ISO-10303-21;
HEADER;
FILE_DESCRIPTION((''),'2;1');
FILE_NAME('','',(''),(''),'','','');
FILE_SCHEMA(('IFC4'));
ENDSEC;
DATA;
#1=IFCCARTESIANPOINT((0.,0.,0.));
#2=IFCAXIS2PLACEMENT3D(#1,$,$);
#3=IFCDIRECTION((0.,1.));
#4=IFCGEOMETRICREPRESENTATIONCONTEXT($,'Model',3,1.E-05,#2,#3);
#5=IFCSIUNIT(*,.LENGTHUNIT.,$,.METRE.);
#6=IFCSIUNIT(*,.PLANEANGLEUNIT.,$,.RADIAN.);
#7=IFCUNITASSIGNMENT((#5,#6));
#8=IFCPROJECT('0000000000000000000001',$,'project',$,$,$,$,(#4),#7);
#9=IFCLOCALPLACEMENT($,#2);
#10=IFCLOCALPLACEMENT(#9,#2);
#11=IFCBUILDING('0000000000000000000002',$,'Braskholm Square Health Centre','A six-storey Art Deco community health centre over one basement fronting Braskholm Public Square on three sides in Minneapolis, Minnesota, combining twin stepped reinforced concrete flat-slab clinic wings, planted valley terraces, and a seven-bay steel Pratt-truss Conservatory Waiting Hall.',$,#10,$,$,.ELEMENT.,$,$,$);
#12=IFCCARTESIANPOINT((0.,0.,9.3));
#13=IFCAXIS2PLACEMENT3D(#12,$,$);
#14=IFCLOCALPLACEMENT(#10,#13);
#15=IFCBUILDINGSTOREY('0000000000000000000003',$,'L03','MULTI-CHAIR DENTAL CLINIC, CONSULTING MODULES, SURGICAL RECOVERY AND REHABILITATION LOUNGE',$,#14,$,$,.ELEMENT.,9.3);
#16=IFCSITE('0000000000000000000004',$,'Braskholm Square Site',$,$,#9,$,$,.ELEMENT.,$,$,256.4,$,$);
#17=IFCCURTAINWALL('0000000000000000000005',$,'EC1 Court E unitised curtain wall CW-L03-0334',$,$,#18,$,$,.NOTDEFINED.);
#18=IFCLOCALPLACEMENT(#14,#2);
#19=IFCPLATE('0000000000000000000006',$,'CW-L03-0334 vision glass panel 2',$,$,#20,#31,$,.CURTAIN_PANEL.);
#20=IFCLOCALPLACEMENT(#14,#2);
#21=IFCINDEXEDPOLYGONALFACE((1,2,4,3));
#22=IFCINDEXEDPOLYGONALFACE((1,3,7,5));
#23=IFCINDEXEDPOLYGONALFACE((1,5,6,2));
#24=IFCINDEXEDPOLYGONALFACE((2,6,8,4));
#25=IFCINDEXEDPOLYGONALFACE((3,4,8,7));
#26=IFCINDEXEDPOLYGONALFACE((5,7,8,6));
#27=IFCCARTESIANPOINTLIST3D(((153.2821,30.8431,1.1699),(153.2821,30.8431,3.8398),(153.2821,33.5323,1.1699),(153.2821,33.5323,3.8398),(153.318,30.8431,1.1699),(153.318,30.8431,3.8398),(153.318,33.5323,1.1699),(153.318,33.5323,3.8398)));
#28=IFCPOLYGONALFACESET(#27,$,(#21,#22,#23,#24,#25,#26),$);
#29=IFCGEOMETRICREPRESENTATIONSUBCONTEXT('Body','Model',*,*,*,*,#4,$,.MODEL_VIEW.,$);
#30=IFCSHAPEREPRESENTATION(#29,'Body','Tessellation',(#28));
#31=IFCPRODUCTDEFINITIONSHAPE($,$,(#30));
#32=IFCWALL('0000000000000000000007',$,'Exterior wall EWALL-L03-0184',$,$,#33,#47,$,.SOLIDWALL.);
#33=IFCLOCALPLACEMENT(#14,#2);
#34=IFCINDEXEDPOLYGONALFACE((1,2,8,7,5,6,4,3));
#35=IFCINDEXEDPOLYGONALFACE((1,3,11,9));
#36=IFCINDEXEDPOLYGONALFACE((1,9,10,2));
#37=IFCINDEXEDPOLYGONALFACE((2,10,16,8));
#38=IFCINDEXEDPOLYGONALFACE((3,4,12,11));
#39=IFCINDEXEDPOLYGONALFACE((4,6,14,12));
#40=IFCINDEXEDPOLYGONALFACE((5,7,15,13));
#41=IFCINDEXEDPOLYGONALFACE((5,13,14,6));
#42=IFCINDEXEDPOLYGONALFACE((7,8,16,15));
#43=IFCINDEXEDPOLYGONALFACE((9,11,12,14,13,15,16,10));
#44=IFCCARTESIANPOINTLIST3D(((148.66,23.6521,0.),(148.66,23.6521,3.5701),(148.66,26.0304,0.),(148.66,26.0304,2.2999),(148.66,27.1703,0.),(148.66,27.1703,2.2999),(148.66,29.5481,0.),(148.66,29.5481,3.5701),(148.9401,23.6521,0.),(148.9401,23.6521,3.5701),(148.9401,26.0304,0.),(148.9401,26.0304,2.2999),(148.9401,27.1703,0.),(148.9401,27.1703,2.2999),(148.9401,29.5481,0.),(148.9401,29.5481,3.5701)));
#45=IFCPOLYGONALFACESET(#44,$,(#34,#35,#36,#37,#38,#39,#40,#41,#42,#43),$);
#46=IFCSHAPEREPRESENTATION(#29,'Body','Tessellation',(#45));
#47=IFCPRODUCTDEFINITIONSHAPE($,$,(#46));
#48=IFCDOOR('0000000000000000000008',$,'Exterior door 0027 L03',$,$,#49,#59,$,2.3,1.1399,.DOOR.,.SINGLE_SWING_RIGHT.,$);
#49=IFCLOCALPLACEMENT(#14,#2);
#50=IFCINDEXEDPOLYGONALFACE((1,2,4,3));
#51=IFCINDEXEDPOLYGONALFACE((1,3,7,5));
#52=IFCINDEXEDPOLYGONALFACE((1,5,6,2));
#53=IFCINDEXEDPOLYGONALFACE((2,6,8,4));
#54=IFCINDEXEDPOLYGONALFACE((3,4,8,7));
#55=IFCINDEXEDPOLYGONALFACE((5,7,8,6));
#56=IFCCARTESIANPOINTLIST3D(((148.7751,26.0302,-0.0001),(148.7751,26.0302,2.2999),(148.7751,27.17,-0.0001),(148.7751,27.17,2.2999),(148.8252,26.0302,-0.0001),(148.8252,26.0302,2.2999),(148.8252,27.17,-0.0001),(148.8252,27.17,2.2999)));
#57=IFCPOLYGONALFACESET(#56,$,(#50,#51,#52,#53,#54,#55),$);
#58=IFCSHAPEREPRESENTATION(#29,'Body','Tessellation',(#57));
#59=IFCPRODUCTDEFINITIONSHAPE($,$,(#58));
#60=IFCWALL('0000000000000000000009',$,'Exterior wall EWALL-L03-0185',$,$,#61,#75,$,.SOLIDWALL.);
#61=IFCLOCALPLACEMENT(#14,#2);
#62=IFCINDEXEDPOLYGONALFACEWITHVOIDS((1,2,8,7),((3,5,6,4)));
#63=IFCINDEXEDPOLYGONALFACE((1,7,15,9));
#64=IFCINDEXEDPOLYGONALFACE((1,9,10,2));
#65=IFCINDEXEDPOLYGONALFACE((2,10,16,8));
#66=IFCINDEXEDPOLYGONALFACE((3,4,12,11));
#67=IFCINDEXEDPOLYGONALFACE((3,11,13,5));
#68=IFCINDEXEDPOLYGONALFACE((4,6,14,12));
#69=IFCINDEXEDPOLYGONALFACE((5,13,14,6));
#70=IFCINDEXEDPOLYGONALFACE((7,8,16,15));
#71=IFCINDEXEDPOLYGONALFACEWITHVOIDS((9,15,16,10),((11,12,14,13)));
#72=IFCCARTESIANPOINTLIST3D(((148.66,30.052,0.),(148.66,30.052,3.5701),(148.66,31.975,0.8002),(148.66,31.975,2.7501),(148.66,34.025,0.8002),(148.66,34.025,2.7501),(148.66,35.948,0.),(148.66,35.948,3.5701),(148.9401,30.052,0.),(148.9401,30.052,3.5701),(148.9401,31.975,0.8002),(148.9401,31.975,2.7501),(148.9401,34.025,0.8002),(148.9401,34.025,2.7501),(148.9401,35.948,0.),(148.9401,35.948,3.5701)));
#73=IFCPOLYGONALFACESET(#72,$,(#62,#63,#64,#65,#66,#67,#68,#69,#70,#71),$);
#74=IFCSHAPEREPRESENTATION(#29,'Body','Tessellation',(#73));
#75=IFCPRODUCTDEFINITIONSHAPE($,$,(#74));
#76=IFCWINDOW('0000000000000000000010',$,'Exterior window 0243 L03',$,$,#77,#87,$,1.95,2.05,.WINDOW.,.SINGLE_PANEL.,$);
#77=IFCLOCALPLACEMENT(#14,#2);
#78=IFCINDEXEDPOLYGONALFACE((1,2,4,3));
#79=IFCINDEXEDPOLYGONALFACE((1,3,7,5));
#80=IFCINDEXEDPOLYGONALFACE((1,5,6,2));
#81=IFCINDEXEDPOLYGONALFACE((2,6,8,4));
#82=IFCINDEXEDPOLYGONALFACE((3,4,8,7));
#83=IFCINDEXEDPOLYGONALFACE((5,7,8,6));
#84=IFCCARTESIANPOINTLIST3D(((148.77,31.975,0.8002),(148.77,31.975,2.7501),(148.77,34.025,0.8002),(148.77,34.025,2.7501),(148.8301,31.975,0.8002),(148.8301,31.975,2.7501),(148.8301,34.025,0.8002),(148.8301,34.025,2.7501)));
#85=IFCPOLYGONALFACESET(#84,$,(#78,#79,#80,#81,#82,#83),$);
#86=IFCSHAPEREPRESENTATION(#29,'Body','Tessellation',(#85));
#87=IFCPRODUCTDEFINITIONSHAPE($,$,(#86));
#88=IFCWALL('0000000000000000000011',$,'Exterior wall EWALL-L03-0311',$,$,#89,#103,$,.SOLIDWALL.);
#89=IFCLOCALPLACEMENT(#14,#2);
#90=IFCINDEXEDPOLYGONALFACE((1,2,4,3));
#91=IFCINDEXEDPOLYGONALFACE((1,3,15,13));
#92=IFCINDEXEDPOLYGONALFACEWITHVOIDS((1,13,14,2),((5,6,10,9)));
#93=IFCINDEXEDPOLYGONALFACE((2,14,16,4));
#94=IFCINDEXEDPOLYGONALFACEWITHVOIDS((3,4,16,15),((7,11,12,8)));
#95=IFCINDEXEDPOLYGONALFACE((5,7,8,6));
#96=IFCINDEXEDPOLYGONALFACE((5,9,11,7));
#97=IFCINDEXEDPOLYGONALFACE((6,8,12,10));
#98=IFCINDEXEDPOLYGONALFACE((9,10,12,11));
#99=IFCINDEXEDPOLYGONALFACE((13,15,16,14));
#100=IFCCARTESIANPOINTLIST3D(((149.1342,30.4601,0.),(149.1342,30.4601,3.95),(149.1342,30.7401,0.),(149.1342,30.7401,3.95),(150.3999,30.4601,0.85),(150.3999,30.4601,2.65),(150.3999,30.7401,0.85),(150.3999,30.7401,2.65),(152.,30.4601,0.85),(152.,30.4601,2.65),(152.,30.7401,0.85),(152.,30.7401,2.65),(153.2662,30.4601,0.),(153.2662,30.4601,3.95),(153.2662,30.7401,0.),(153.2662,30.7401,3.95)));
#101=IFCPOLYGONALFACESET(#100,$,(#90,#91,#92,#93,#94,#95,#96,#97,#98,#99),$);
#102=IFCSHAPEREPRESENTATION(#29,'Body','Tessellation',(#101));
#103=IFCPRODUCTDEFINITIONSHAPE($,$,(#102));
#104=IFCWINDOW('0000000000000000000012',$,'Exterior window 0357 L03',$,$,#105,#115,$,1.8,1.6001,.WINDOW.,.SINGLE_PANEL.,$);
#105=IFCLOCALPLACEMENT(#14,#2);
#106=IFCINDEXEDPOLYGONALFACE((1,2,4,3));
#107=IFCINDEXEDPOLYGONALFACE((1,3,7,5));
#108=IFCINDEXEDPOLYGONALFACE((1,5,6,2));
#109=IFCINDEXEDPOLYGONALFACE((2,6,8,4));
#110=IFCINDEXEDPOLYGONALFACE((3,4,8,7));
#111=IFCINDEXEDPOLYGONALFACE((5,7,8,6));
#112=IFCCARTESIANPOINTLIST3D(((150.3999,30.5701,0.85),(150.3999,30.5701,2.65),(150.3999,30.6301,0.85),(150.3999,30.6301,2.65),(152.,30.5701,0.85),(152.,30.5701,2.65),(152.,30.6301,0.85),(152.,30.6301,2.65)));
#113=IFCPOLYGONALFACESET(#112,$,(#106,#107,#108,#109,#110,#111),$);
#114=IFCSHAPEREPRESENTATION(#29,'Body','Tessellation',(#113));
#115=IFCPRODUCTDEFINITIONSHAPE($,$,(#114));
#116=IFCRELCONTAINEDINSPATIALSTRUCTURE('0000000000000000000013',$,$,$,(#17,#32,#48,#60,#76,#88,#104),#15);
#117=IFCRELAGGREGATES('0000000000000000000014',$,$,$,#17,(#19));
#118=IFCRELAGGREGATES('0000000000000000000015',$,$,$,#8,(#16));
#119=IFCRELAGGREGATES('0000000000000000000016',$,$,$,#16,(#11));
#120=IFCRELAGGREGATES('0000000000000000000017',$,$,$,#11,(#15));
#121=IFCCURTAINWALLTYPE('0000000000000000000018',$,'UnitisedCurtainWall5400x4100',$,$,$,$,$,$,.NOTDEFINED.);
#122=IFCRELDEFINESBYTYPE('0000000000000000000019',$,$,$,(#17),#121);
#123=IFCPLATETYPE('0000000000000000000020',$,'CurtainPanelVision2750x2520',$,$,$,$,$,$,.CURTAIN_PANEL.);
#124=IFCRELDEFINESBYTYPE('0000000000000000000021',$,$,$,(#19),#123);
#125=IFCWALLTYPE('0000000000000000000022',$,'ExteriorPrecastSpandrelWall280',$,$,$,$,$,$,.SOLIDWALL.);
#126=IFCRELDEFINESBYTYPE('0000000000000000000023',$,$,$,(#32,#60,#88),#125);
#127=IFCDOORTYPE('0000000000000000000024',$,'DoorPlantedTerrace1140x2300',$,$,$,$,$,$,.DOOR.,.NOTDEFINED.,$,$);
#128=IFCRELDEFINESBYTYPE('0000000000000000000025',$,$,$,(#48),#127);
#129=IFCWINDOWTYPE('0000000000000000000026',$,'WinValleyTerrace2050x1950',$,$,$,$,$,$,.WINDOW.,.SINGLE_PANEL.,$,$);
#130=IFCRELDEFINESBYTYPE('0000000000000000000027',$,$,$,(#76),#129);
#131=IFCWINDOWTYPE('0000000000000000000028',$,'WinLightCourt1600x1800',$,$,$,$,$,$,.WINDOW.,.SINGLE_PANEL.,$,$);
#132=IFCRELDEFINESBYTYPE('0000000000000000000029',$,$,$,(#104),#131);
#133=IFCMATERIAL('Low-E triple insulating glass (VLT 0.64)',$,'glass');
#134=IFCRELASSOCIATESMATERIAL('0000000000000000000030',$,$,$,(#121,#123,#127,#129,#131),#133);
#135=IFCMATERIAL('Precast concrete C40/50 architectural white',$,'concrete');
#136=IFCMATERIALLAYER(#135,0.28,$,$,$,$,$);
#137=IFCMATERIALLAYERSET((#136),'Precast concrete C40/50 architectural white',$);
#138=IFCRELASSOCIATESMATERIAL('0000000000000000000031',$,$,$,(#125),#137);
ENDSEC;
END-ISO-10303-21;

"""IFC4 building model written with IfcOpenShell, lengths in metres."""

from ifc_helpers import new_model, si_unit, direction, frame, frame_2d, origin, origin_with_axes, origin_2d, place, context, subcontext, project, spatial, rectangle, extrude, material, layer, layer_set, type_object, element, fill, aggregate, save


model = new_model("IFC4")

# Units and contexts
model_context = context("Model", 3, precision=1e-05, world=origin(), true_north=direction((0.0, 1.0)))
body_context = subcontext(model_context, "Body", "Model", "MODEL_VIEW")
ifc_project = project(units=[si_unit("LENGTHUNIT", "METRE"), si_unit("PLANEANGLEUNIT", "RADIAN")], contexts=[model_context])

# Site, building, storey
site_placement = place(None, origin())
site = spatial("IfcSite", under=ifc_project, at=site_placement, Name="Braskholm Square Site", CompositionType="ELEMENT", RefElevation=256.4)
building_placement = place(site_placement, origin())
building = spatial("IfcBuilding", under=site, at=building_placement, Name="Braskholm Square Health Centre", Description="A six-storey Art Deco community health centre over one basement fronting Braskholm Public Square on three sides in Minneapolis, Minnesota, combining twin stepped reinforced concrete flat-slab clinic wings, planted valley terraces, and a seven-bay steel Pratt-truss Conservatory Waiting Hall.", CompositionType="ELEMENT")
storey_placement = place(building_placement, frame((0.0, 0.0, 9.3)))
storey = spatial("IfcBuildingStorey", under=building, at=storey_placement, Name="L03", Description="MULTI-CHAIR DENTAL CLINIC, CONSULTING MODULES, SURGICAL RECOVERY AND REHABILITATION LOUNGE", CompositionType="ELEMENT", Elevation=9.3)

# Shared definitions
ifc_material_1 = material(Name="Low-E triple insulating glass (VLT 0.64)", Category="glass")

# Curtain wall
curtain_wall_type_1 = type_object("IfcCurtainWallType", Name="UnitisedCurtainWall5400x4100", PredefinedType="NOTDEFINED", material=ifc_material_1)
curtain_wall_1_placement = place(storey_placement, origin())
curtain_wall_1 = element("IfcCurtainWall", 1, at=curtain_wall_1_placement, inside=storey, type_object=curtain_wall_type_1, Name="EC1 Court E unitised curtain wall CW-L03-0334", PredefinedType="NOTDEFINED")

# Shared definitions
ifc_material_2 = material(Name="Precast concrete C40/50 architectural white", Category="concrete")

# Plate
plate_type_1 = type_object("IfcPlateType", Name="CurtainPanelVision2750x2520", PredefinedType="CURTAIN_PANEL", material=ifc_material_1)
plate_1_placement = place(storey_placement, frame((153.3, 32.1877, 1.1699), z_axis=(0.0, 0.0, 1.0), x_axis=(0.0, -1.0, 0.0)))
plate_1 = element("IfcPlate", 2, at=plate_1_placement, type_object=plate_type_1, Name="CW-L03-0334 vision glass panel 2", PredefinedType="CURTAIN_PANEL", context=body_context, shape_type="SweptSolid", body=[
    extrude(rectangle(XDim=2.6892, YDim=0.0359, at=origin_2d()), origin(), (0.0, 0.0, 1.0), 2.6699),
])
aggregate(curtain_wall_1, [plate_1])

# Wall, opening, door
ifc_layer = layer(ifc_material_2, 0.28)
ifc_layer_set = layer_set([ifc_layer], Name="Precast concrete C40/50 architectural white")
wall_type = type_object("IfcWallType", Name="ExteriorPrecastSpandrelWall280", PredefinedType="SOLIDWALL", material=ifc_layer_set)
wall_1_placement = place(storey_placement, frame((148.8, 29.5481, 0.0), z_axis=(0.0, 0.0, 1.0), x_axis=(0.0, -1.0, 0.0)))
wall_1 = element("IfcWall", 3, at=wall_1_placement, inside=storey, type_object=wall_type, Name="Exterior wall EWALL-L03-0184", PredefinedType="SOLIDWALL", context=body_context, shape_type="SweptSolid", body=[
    extrude(rectangle(XDim=5.896, YDim=0.28, at=frame_2d((2.948, 0.0))), origin(), (0.0, 0.0, 1.0), 3.5701),
])
opening_1_placement = place(wall_1_placement, frame((2.3779, 0.0, 0.0)))
opening_1 = element("IfcOpeningElement", 4, at=opening_1_placement, cuts=wall_1, PredefinedType="OPENING", context=body_context, shape_type="SweptSolid", body=[
    extrude(rectangle(XDim=1.1399, YDim=2.3, at=frame_2d((0.5698, 1.1499))), frame((0.0, 0.1499, 0.0), z_axis=(0.0, -1.0, 0.0), x_axis=(1.0, 0.0, 0.0)), (0.0, 0.0, 1.0), 0.3),
])
door_type = type_object("IfcDoorType", Name="DoorPlantedTerrace1140x2300", OperationType="NOTDEFINED", PredefinedType="DOOR", material=ifc_material_1)
door_placement = place(opening_1_placement, frame((1.1399, 0.0, 0.0), z_axis=(0.0, 0.0, 1.0), x_axis=(-1.0, 0.0, 0.0)))
door = element("IfcDoor", 5, at=door_placement, inside=storey, type_object=door_type, Name="Exterior door 0027 L03", OperationType="SINGLE_SWING_RIGHT", OverallHeight=2.3, OverallWidth=1.1399, PredefinedType="DOOR", context=body_context, shape_type="SweptSolid", body=[
    extrude(rectangle(XDim=1.1399, YDim=2.3, at=frame_2d((0.5698, 1.1499))), frame((0.0, 0.0249, 0.0), z_axis=(0.0, -1.0, 0.0), x_axis=(1.0, 0.0, 0.0)), (0.0, 0.0, 1.0), 0.05),
])
fill(opening_1, door)

# Walls, openings, windows
wall_2_placement = place(storey_placement, frame((148.8, 35.948, 0.0), z_axis=(0.0, 0.0, 1.0), x_axis=(0.0, -1.0, 0.0)))
wall_2 = element("IfcWall", 6, at=wall_2_placement, inside=storey, type_object=wall_type, Name="Exterior wall EWALL-L03-0185", PredefinedType="SOLIDWALL", context=body_context, shape_type="SweptSolid", body=[
    extrude(rectangle(XDim=5.896, YDim=0.28, at=frame_2d((2.948, 0.0))), origin(), (0.0, 0.0, 1.0), 3.5701),
])
opening_2_placement = place(wall_2_placement, frame((1.9231, 0.0, 0.8)))
opening_2 = element("IfcOpeningElement", 7, at=opening_2_placement, cuts=wall_2, PredefinedType="OPENING", context=body_context, shape_type="SweptSolid", body=[
    extrude(rectangle(XDim=2.05, YDim=1.95, at=frame_2d((1.0249, 0.9751))), frame((0.0, 0.1499, 0.0), z_axis=(0.0, -1.0, 0.0), x_axis=(1.0, 0.0, 0.0)), (0.0, 0.0, 1.0), 0.3),
])
window_type_1 = type_object("IfcWindowType", Name="WinValleyTerrace2050x1950", PartitioningType="SINGLE_PANEL", PredefinedType="WINDOW", material=ifc_material_1)
window_1_placement = place(opening_2_placement, origin_with_axes())
window_1 = element("IfcWindow", 8, at=window_1_placement, inside=storey, type_object=window_type_1, Name="Exterior window 0243 L03", OverallHeight=1.95, OverallWidth=2.05, PartitioningType="SINGLE_PANEL", PredefinedType="WINDOW", context=body_context, shape_type="SweptSolid", body=[
    extrude(rectangle(XDim=2.05, YDim=1.95, at=frame_2d((1.0249, 0.9751))), frame((0.0, 0.03, 0.0), z_axis=(0.0, -1.0, 0.0), x_axis=(1.0, 0.0, 0.0)), (0.0, 0.0, 1.0), 0.0601),
])
fill(opening_2, window_1)
wall_3_placement = place(storey_placement, frame((153.2661, 30.6001, 0.0), z_axis=(0.0, 0.0, 1.0), x_axis=(-1.0, 0.0, 0.0)))
wall_3 = element("IfcWall", 9, at=wall_3_placement, inside=storey, type_object=wall_type, Name="Exterior wall EWALL-L03-0311", PredefinedType="SOLIDWALL", context=body_context, shape_type="SweptSolid", body=[
    extrude(rectangle(XDim=4.1321, YDim=0.28, at=frame_2d((2.0659, 0.0))), origin(), (0.0, 0.0, 1.0), 3.95),
])
opening_3_placement = place(wall_3_placement, frame((1.2661, 0.0, 0.8501)))
opening_3 = element("IfcOpeningElement", 10, at=opening_3_placement, cuts=wall_3, PredefinedType="OPENING", context=body_context, shape_type="SweptSolid", body=[
    extrude(rectangle(XDim=1.6001, YDim=1.8, at=frame_2d((0.8, 0.8999))), frame((0.0, 0.1499, 0.0), z_axis=(0.0, -1.0, 0.0), x_axis=(1.0, 0.0, 0.0)), (0.0, 0.0, 1.0), 0.3),
])
window_type_2 = type_object("IfcWindowType", Name="WinLightCourt1600x1800", PartitioningType="SINGLE_PANEL", PredefinedType="WINDOW", material=ifc_material_1)
window_2_placement = place(opening_3_placement, origin_with_axes())
window_2 = element("IfcWindow", 11, at=window_2_placement, inside=storey, type_object=window_type_2, Name="Exterior window 0357 L03", OverallHeight=1.8, OverallWidth=1.6001, PartitioningType="SINGLE_PANEL", PredefinedType="WINDOW", context=body_context, shape_type="SweptSolid", body=[
    extrude(rectangle(XDim=1.6001, YDim=1.8, at=frame_2d((0.8, 0.8999))), frame((0.0, 0.03, 0.0), z_axis=(0.0, -1.0, 0.0), x_axis=(1.0, 0.0, 0.0)), (0.0, 0.0, 1.0), 0.0601),
])
fill(opening_3, window_2)

save(model, "model.ifc")
